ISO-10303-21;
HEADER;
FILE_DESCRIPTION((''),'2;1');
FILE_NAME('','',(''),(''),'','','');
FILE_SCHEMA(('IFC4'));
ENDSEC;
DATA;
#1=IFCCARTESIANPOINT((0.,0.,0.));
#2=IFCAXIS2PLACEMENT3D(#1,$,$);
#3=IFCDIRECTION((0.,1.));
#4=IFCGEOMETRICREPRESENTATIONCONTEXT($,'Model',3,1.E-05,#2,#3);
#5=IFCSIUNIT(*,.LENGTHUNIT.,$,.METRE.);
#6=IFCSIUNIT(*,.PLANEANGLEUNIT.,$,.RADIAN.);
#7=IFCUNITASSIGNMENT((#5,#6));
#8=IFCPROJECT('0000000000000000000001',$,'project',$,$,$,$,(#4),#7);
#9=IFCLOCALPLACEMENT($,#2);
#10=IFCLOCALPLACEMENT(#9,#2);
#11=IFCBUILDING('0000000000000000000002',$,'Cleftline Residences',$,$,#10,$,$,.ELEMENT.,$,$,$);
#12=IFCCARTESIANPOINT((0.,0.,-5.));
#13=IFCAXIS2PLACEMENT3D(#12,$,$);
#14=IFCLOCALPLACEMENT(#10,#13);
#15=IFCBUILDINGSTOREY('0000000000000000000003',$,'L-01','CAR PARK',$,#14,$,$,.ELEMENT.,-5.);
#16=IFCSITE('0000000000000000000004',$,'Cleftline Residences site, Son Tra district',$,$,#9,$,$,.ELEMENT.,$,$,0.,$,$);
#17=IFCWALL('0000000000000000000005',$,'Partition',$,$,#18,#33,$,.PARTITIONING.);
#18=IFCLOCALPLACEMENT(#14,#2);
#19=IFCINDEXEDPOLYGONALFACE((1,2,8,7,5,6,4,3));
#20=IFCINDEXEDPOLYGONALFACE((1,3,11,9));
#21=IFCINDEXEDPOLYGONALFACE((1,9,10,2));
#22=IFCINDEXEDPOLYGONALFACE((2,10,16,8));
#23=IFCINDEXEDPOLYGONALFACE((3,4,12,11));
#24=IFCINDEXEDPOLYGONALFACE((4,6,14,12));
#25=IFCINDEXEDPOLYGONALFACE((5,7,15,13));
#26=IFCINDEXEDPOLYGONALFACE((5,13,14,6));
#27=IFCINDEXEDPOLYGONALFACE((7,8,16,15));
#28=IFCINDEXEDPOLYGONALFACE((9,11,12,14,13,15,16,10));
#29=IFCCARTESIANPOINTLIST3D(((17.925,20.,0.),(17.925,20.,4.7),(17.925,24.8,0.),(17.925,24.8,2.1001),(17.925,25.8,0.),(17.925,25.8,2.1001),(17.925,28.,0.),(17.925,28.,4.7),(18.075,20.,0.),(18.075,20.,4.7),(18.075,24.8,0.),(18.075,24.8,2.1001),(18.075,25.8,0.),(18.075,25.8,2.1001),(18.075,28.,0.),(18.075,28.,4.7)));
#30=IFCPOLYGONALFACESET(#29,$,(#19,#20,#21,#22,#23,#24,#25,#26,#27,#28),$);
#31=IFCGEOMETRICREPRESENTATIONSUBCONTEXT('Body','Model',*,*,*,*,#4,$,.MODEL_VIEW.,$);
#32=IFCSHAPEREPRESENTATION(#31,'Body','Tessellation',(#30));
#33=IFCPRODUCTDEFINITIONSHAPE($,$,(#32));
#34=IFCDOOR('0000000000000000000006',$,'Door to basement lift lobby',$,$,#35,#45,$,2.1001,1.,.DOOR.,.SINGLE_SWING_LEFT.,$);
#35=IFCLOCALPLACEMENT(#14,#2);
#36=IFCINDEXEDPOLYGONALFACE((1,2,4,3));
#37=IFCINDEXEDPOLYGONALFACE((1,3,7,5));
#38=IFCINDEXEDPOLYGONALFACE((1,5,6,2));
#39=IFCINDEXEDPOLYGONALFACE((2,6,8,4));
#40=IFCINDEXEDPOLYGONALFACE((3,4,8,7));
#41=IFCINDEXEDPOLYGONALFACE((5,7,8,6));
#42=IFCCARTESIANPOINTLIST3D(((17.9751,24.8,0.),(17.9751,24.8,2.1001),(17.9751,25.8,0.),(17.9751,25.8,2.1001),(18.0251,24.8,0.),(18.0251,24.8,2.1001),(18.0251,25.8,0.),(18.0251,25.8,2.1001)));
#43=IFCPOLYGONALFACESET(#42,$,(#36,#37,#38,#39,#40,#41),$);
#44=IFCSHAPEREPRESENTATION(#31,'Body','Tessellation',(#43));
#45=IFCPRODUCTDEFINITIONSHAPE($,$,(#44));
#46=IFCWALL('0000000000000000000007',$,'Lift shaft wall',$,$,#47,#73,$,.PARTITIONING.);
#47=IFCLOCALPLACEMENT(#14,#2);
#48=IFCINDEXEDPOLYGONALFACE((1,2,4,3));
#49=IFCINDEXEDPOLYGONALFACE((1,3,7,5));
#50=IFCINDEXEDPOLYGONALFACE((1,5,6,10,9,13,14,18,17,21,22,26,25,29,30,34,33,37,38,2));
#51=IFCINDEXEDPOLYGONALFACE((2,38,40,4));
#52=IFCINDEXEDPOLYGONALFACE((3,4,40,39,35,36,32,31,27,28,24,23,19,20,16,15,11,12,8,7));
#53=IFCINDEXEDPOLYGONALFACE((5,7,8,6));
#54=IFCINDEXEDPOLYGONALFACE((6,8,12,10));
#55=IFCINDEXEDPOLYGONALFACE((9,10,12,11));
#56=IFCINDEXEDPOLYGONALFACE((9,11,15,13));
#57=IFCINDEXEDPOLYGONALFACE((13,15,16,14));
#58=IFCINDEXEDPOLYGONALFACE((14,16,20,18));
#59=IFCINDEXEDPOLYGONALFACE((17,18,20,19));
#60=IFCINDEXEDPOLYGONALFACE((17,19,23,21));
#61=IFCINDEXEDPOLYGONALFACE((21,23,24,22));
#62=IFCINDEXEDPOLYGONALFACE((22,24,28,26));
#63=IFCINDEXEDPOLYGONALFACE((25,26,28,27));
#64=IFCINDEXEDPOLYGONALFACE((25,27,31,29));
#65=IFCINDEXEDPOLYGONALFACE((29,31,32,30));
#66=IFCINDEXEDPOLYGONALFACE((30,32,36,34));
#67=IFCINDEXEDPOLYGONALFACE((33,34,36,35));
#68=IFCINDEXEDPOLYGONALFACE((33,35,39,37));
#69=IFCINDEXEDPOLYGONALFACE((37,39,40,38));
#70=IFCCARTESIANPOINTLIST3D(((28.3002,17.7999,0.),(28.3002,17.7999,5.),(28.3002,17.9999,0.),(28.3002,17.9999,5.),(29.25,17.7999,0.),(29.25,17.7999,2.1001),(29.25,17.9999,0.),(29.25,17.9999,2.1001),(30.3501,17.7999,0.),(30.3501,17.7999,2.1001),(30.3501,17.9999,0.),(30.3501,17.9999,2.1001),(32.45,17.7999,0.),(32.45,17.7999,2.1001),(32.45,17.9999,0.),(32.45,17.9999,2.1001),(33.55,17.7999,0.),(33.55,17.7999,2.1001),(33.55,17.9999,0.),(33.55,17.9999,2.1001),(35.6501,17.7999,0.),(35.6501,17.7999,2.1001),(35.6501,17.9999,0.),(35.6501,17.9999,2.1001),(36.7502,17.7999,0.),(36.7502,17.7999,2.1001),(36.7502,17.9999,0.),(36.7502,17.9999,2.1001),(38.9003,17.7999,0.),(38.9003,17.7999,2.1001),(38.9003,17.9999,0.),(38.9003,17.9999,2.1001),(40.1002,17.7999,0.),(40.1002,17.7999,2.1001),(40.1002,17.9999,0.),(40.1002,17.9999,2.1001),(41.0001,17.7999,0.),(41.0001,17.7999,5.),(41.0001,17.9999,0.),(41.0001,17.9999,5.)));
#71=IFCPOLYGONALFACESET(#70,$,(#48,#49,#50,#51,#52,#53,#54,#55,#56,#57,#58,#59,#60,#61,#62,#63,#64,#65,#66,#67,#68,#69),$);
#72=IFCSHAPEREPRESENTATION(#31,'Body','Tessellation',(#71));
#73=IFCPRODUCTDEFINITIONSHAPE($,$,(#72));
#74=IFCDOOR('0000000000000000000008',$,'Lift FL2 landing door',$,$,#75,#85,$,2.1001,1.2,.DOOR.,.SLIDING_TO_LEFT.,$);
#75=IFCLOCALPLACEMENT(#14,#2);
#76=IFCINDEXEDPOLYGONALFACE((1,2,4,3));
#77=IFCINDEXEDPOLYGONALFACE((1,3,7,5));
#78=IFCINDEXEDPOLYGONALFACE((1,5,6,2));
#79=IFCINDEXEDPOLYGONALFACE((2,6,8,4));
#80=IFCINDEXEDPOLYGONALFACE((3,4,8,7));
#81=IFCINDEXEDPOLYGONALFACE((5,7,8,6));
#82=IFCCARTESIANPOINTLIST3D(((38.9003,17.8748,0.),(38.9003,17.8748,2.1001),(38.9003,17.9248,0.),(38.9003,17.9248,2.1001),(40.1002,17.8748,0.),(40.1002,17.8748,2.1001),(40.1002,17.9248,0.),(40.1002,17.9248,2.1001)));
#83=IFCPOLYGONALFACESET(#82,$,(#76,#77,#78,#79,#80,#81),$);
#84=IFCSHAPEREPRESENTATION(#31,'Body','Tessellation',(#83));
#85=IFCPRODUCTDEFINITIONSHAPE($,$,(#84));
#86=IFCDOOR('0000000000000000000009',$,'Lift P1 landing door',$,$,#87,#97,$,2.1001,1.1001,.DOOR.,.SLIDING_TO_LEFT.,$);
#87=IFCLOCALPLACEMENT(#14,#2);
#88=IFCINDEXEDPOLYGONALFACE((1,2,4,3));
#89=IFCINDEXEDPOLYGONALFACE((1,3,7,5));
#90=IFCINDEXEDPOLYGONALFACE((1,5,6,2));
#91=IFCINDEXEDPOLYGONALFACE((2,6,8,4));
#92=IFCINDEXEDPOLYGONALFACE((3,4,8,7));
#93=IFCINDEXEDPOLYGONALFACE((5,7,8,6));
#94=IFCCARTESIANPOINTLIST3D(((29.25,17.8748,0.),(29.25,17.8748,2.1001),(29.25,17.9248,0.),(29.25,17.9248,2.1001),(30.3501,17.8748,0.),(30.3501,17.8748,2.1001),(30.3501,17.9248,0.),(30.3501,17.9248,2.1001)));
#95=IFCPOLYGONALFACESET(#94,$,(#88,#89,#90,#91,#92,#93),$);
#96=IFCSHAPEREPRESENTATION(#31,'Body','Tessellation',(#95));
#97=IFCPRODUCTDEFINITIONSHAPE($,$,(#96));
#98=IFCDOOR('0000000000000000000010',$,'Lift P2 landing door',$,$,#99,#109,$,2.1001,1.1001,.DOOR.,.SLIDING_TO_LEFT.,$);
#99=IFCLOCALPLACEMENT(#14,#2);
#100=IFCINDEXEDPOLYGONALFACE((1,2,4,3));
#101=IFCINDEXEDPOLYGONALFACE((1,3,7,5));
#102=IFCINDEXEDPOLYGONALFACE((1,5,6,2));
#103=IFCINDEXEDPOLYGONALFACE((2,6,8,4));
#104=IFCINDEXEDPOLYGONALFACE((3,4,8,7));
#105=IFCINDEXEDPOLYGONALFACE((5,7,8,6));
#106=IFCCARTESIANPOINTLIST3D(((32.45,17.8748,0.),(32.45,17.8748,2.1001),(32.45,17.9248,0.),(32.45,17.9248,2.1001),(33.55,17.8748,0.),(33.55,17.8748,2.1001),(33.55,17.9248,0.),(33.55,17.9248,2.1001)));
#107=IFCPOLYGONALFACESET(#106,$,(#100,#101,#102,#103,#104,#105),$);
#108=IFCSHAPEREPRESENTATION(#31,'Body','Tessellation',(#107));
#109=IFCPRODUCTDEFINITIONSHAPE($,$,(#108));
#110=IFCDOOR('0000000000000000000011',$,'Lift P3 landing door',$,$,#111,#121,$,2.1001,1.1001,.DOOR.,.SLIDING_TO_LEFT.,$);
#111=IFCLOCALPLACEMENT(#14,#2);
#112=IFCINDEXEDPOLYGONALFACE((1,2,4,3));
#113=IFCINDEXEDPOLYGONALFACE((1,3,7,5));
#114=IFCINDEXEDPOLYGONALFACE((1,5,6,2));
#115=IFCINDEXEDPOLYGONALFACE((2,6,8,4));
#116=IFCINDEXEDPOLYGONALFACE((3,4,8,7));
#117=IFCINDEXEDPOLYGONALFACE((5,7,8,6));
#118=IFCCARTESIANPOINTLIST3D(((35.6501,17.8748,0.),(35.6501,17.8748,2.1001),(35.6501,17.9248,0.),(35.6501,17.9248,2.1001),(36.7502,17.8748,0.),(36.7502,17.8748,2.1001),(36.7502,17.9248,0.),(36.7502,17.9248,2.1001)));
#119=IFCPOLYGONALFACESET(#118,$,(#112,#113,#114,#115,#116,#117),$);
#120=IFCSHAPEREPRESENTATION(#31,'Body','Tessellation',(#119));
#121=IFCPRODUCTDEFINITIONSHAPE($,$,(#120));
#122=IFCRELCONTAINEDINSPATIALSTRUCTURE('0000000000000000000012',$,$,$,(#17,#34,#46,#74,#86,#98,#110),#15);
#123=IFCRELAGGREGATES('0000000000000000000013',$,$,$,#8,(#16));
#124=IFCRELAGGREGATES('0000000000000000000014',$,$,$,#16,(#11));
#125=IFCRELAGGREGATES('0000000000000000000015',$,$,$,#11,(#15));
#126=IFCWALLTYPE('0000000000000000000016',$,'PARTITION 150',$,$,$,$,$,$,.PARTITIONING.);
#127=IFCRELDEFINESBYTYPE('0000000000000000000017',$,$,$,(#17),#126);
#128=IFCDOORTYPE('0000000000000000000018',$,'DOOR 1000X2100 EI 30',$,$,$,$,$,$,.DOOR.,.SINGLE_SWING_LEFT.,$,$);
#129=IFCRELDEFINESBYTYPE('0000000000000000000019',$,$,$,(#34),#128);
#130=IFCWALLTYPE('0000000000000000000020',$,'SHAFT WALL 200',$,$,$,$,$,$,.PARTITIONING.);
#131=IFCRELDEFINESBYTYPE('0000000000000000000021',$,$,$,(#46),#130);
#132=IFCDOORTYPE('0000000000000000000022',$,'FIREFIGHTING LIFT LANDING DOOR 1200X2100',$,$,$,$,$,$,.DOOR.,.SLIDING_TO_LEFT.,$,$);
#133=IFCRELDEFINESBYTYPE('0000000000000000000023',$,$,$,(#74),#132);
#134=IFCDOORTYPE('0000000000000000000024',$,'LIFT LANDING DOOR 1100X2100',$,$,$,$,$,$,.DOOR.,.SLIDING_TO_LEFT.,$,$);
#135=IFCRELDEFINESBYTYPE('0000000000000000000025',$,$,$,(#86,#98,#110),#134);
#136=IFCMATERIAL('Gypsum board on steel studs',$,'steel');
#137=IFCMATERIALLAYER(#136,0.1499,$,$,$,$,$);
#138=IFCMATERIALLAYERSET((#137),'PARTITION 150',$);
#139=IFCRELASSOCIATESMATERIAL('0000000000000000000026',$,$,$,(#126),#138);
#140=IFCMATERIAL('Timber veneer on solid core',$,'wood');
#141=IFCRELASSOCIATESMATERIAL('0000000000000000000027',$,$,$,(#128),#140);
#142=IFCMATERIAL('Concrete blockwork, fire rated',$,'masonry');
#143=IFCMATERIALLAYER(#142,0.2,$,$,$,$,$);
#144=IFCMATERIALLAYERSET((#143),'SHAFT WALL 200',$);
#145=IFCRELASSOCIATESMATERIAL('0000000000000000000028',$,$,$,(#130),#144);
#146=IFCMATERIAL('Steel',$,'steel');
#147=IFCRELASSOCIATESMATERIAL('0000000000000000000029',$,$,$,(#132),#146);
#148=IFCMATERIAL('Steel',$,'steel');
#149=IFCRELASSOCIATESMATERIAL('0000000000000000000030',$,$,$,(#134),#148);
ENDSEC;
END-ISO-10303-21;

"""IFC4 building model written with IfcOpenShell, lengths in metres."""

from ifc_helpers import new_model, si_unit, direction, frame, frame_2d, origin, place, context, subcontext, project, spatial, rectangle, extrude, material, layer, layer_set, type_object, element, fill, save


model = new_model("IFC4")

# Units and contexts
model_context = context("Model", 3, precision=1e-05, world=origin(), true_north=direction((0.0, 1.0)))
body_context = subcontext(model_context, "Body", "Model", "MODEL_VIEW")
ifc_project = project(units=[si_unit("LENGTHUNIT", "METRE"), si_unit("PLANEANGLEUNIT", "RADIAN")], contexts=[model_context])

# Site, building, storey
site_placement = place(None, origin())
site = spatial("IfcSite", under=ifc_project, at=site_placement, Name="Cleftline Residences site, Son Tra district", CompositionType="ELEMENT", RefElevation=0.0)
building_placement = place(site_placement, origin())
building = spatial("IfcBuilding", under=site, at=building_placement, Name="Cleftline Residences", CompositionType="ELEMENT")
storey_placement = place(building_placement, frame((0.0, 0.0, -5.0)))
storey = spatial("IfcBuildingStorey", under=building, at=storey_placement, Name="L-01", Description="CAR PARK", CompositionType="ELEMENT", Elevation=-5.0)

# Shared definitions
ifc_material_1 = material(Name="Gypsum board on steel studs", Category="steel")
ifc_layer_1 = layer(ifc_material_1, 0.1499)
ifc_layer_set_1 = layer_set([ifc_layer_1], Name="PARTITION 150")
wall_type_1 = type_object("IfcWallType", Name="PARTITION 150", PredefinedType="PARTITIONING", material=ifc_layer_set_1)

# Wall, opening, door
wall_1_placement = place(storey_placement, frame((18.0, 20.0, 0.0), z_axis=(0.0, 0.0, 1.0), x_axis=(0.0, 1.0, 0.0)))
wall_1 = element("IfcWall", 1, at=wall_1_placement, inside=storey, type_object=wall_type_1, Name="Partition", PredefinedType="PARTITIONING", context=body_context, shape_type="SweptSolid", body=[
    extrude(rectangle(XDim=8.0, YDim=0.1499, at=frame_2d((4.0, 0.0))), origin(), (0.0, 0.0, 1.0), 4.7),
])
opening_1_placement = place(wall_1_placement, frame((4.8, 0.0, 0.0)))
opening_1 = element("IfcOpeningElement", 2, at=opening_1_placement, cuts=wall_1, PredefinedType="OPENING", context=body_context, shape_type="SweptSolid", body=[
    extrude(rectangle(XDim=1.0, YDim=2.1001, at=frame_2d((0.5, 1.05))), frame((0.0, 0.085, 0.0), z_axis=(0.0, -1.0, 0.0), x_axis=(1.0, 0.0, 0.0)), (0.0, 0.0, 1.0), 0.1699),
])
ifc_material_2 = material(Name="Timber veneer on solid core", Category="wood")
door_type_1 = type_object("IfcDoorType", Name="DOOR 1000X2100 EI 30", OperationType="SINGLE_SWING_LEFT", PredefinedType="DOOR", material=ifc_material_2)
door_1_placement = place(opening_1_placement, origin())
door_1 = element("IfcDoor", 3, at=door_1_placement, inside=storey, type_object=door_type_1, Name="Door to basement lift lobby", OperationType="SINGLE_SWING_LEFT", OverallHeight=2.1001, OverallWidth=1.0, PredefinedType="DOOR", context=body_context, shape_type="SweptSolid", body=[
    extrude(rectangle(XDim=1.0, YDim=2.1001, at=frame_2d((0.5, 1.05))), frame((0.0, 0.0249, 0.0), z_axis=(0.0, -1.0, 0.0), x_axis=(1.0, 0.0, 0.0)), (0.0, 0.0, 1.0), 0.05),
])
fill(opening_1, door_1)

# Wall, openings, doors
ifc_material_3 = material(Name="Concrete blockwork, fire rated", Category="masonry")
ifc_layer_2 = layer(ifc_material_3, 0.2)
ifc_layer_set_2 = layer_set([ifc_layer_2], Name="SHAFT WALL 200")
wall_type_2 = type_object("IfcWallType", Name="SHAFT WALL 200", PredefinedType="PARTITIONING", material=ifc_layer_set_2)
wall_2_placement = place(storey_placement, frame((28.3, 17.8999, 0.0), z_axis=(0.0, 0.0, 1.0), x_axis=(1.0, 0.0, 0.0)))
wall_2 = element("IfcWall", 4, at=wall_2_placement, inside=storey, type_object=wall_type_2, Name="Lift shaft wall", PredefinedType="PARTITIONING", context=body_context, shape_type="SweptSolid", body=[
    extrude(rectangle(XDim=12.7, YDim=0.2, at=frame_2d((6.3501, 0.0))), origin(), (0.0, 0.0, 1.0), 5.0),
])
opening_2_placement = place(wall_2_placement, frame((0.95, 0.0, 0.0)))
opening_2 = element("IfcOpeningElement", 5, at=opening_2_placement, cuts=wall_2, PredefinedType="OPENING", context=body_context, shape_type="SweptSolid", body=[
    extrude(rectangle(XDim=1.1001, YDim=2.1001, at=frame_2d((0.55, 1.05))), frame((0.0, 0.1099, 0.0), z_axis=(0.0, -1.0, 0.0), x_axis=(1.0, 0.0, 0.0)), (0.0, 0.0, 1.0), 0.22),
])
opening_3_placement = place(wall_2_placement, frame((4.1499, 0.0, 0.0)))
opening_3 = element("IfcOpeningElement", 6, at=opening_3_placement, cuts=wall_2, PredefinedType="OPENING", context=body_context, shape_type="SweptSolid", body=[
    extrude(rectangle(XDim=1.1001, YDim=2.1001, at=frame_2d((0.55, 1.05))), frame((0.0, 0.1099, 0.0), z_axis=(0.0, -1.0, 0.0), x_axis=(1.0, 0.0, 0.0)), (0.0, 0.0, 1.0), 0.22),
])
opening_4_placement = place(wall_2_placement, frame((7.3501, 0.0, 0.0)))
opening_4 = element("IfcOpeningElement", 7, at=opening_4_placement, cuts=wall_2, PredefinedType="OPENING", context=body_context, shape_type="SweptSolid", body=[
    extrude(rectangle(XDim=1.1001, YDim=2.1001, at=frame_2d((0.55, 1.05))), frame((0.0, 0.1099, 0.0), z_axis=(0.0, -1.0, 0.0), x_axis=(1.0, 0.0, 0.0)), (0.0, 0.0, 1.0), 0.22),
])
opening_5_placement = place(wall_2_placement, frame((10.6001, 0.0, 0.0)))
opening_5 = element("IfcOpeningElement", 8, at=opening_5_placement, cuts=wall_2, PredefinedType="OPENING", context=body_context, shape_type="SweptSolid", body=[
    extrude(rectangle(XDim=1.2, YDim=2.1001, at=frame_2d((0.6001, 1.05))), frame((0.0, 0.1099, 0.0), z_axis=(0.0, -1.0, 0.0), x_axis=(1.0, 0.0, 0.0)), (0.0, 0.0, 1.0), 0.22),
])
ifc_material_4 = material(Name="Steel", Category="steel")
door_type_2 = type_object("IfcDoorType", Name="FIREFIGHTING LIFT LANDING DOOR 1200X2100", OperationType="SLIDING_TO_LEFT", PredefinedType="DOOR", material=ifc_material_4)
door_2_placement = place(opening_5_placement, origin())
door_2 = element("IfcDoor", 9, at=door_2_placement, inside=storey, type_object=door_type_2, Name="Lift FL2 landing door", OperationType="SLIDING_TO_LEFT", OverallHeight=2.1001, OverallWidth=1.2, PredefinedType="DOOR", context=body_context, shape_type="SweptSolid", body=[
    extrude(rectangle(XDim=1.2, YDim=2.1001, at=frame_2d((0.6001, 1.05))), frame((0.0, 0.0249, 0.0), z_axis=(0.0, -1.0, 0.0), x_axis=(1.0, 0.0, 0.0)), (0.0, 0.0, 1.0), 0.05),
])
fill(opening_5, door_2)
ifc_material_5 = material(Name="Steel", Category="steel")
door_type_3 = type_object("IfcDoorType", Name="LIFT LANDING DOOR 1100X2100", OperationType="SLIDING_TO_LEFT", PredefinedType="DOOR", material=ifc_material_5)
door_3_placement = place(opening_2_placement, origin())
door_3 = element("IfcDoor", 10, at=door_3_placement, inside=storey, type_object=door_type_3, Name="Lift P1 landing door", OperationType="SLIDING_TO_LEFT", OverallHeight=2.1001, OverallWidth=1.1001, PredefinedType="DOOR", context=body_context, shape_type="SweptSolid", body=[
    extrude(rectangle(XDim=1.1001, YDim=2.1001, at=frame_2d((0.55, 1.05))), frame((0.0, 0.0249, 0.0), z_axis=(0.0, -1.0, 0.0), x_axis=(1.0, 0.0, 0.0)), (0.0, 0.0, 1.0), 0.05),
])
fill(opening_2, door_3)
door_4_placement = place(opening_3_placement, origin())
door_4 = element("IfcDoor", 11, at=door_4_placement, inside=storey, type_object=door_type_3, Name="Lift P2 landing door", OperationType="SLIDING_TO_LEFT", OverallHeight=2.1001, OverallWidth=1.1001, PredefinedType="DOOR", context=body_context, shape_type="SweptSolid", body=[
    extrude(rectangle(XDim=1.1001, YDim=2.1001, at=frame_2d((0.55, 1.05))), frame((0.0, 0.0249, 0.0), z_axis=(0.0, -1.0, 0.0), x_axis=(1.0, 0.0, 0.0)), (0.0, 0.0, 1.0), 0.05),
])
fill(opening_3, door_4)
door_5_placement = place(opening_4_placement, origin())
door_5 = element("IfcDoor", 12, at=door_5_placement, inside=storey, type_object=door_type_3, Name="Lift P3 landing door", OperationType="SLIDING_TO_LEFT", OverallHeight=2.1001, OverallWidth=1.1001, PredefinedType="DOOR", context=body_context, shape_type="SweptSolid", body=[
    extrude(rectangle(XDim=1.1001, YDim=2.1001, at=frame_2d((0.55, 1.05))), frame((0.0, 0.0249, 0.0), z_axis=(0.0, -1.0, 0.0), x_axis=(1.0, 0.0, 0.0)), (0.0, 0.0, 1.0), 0.05),
])
fill(opening_4, door_5)

save(model, "model.ifc")
